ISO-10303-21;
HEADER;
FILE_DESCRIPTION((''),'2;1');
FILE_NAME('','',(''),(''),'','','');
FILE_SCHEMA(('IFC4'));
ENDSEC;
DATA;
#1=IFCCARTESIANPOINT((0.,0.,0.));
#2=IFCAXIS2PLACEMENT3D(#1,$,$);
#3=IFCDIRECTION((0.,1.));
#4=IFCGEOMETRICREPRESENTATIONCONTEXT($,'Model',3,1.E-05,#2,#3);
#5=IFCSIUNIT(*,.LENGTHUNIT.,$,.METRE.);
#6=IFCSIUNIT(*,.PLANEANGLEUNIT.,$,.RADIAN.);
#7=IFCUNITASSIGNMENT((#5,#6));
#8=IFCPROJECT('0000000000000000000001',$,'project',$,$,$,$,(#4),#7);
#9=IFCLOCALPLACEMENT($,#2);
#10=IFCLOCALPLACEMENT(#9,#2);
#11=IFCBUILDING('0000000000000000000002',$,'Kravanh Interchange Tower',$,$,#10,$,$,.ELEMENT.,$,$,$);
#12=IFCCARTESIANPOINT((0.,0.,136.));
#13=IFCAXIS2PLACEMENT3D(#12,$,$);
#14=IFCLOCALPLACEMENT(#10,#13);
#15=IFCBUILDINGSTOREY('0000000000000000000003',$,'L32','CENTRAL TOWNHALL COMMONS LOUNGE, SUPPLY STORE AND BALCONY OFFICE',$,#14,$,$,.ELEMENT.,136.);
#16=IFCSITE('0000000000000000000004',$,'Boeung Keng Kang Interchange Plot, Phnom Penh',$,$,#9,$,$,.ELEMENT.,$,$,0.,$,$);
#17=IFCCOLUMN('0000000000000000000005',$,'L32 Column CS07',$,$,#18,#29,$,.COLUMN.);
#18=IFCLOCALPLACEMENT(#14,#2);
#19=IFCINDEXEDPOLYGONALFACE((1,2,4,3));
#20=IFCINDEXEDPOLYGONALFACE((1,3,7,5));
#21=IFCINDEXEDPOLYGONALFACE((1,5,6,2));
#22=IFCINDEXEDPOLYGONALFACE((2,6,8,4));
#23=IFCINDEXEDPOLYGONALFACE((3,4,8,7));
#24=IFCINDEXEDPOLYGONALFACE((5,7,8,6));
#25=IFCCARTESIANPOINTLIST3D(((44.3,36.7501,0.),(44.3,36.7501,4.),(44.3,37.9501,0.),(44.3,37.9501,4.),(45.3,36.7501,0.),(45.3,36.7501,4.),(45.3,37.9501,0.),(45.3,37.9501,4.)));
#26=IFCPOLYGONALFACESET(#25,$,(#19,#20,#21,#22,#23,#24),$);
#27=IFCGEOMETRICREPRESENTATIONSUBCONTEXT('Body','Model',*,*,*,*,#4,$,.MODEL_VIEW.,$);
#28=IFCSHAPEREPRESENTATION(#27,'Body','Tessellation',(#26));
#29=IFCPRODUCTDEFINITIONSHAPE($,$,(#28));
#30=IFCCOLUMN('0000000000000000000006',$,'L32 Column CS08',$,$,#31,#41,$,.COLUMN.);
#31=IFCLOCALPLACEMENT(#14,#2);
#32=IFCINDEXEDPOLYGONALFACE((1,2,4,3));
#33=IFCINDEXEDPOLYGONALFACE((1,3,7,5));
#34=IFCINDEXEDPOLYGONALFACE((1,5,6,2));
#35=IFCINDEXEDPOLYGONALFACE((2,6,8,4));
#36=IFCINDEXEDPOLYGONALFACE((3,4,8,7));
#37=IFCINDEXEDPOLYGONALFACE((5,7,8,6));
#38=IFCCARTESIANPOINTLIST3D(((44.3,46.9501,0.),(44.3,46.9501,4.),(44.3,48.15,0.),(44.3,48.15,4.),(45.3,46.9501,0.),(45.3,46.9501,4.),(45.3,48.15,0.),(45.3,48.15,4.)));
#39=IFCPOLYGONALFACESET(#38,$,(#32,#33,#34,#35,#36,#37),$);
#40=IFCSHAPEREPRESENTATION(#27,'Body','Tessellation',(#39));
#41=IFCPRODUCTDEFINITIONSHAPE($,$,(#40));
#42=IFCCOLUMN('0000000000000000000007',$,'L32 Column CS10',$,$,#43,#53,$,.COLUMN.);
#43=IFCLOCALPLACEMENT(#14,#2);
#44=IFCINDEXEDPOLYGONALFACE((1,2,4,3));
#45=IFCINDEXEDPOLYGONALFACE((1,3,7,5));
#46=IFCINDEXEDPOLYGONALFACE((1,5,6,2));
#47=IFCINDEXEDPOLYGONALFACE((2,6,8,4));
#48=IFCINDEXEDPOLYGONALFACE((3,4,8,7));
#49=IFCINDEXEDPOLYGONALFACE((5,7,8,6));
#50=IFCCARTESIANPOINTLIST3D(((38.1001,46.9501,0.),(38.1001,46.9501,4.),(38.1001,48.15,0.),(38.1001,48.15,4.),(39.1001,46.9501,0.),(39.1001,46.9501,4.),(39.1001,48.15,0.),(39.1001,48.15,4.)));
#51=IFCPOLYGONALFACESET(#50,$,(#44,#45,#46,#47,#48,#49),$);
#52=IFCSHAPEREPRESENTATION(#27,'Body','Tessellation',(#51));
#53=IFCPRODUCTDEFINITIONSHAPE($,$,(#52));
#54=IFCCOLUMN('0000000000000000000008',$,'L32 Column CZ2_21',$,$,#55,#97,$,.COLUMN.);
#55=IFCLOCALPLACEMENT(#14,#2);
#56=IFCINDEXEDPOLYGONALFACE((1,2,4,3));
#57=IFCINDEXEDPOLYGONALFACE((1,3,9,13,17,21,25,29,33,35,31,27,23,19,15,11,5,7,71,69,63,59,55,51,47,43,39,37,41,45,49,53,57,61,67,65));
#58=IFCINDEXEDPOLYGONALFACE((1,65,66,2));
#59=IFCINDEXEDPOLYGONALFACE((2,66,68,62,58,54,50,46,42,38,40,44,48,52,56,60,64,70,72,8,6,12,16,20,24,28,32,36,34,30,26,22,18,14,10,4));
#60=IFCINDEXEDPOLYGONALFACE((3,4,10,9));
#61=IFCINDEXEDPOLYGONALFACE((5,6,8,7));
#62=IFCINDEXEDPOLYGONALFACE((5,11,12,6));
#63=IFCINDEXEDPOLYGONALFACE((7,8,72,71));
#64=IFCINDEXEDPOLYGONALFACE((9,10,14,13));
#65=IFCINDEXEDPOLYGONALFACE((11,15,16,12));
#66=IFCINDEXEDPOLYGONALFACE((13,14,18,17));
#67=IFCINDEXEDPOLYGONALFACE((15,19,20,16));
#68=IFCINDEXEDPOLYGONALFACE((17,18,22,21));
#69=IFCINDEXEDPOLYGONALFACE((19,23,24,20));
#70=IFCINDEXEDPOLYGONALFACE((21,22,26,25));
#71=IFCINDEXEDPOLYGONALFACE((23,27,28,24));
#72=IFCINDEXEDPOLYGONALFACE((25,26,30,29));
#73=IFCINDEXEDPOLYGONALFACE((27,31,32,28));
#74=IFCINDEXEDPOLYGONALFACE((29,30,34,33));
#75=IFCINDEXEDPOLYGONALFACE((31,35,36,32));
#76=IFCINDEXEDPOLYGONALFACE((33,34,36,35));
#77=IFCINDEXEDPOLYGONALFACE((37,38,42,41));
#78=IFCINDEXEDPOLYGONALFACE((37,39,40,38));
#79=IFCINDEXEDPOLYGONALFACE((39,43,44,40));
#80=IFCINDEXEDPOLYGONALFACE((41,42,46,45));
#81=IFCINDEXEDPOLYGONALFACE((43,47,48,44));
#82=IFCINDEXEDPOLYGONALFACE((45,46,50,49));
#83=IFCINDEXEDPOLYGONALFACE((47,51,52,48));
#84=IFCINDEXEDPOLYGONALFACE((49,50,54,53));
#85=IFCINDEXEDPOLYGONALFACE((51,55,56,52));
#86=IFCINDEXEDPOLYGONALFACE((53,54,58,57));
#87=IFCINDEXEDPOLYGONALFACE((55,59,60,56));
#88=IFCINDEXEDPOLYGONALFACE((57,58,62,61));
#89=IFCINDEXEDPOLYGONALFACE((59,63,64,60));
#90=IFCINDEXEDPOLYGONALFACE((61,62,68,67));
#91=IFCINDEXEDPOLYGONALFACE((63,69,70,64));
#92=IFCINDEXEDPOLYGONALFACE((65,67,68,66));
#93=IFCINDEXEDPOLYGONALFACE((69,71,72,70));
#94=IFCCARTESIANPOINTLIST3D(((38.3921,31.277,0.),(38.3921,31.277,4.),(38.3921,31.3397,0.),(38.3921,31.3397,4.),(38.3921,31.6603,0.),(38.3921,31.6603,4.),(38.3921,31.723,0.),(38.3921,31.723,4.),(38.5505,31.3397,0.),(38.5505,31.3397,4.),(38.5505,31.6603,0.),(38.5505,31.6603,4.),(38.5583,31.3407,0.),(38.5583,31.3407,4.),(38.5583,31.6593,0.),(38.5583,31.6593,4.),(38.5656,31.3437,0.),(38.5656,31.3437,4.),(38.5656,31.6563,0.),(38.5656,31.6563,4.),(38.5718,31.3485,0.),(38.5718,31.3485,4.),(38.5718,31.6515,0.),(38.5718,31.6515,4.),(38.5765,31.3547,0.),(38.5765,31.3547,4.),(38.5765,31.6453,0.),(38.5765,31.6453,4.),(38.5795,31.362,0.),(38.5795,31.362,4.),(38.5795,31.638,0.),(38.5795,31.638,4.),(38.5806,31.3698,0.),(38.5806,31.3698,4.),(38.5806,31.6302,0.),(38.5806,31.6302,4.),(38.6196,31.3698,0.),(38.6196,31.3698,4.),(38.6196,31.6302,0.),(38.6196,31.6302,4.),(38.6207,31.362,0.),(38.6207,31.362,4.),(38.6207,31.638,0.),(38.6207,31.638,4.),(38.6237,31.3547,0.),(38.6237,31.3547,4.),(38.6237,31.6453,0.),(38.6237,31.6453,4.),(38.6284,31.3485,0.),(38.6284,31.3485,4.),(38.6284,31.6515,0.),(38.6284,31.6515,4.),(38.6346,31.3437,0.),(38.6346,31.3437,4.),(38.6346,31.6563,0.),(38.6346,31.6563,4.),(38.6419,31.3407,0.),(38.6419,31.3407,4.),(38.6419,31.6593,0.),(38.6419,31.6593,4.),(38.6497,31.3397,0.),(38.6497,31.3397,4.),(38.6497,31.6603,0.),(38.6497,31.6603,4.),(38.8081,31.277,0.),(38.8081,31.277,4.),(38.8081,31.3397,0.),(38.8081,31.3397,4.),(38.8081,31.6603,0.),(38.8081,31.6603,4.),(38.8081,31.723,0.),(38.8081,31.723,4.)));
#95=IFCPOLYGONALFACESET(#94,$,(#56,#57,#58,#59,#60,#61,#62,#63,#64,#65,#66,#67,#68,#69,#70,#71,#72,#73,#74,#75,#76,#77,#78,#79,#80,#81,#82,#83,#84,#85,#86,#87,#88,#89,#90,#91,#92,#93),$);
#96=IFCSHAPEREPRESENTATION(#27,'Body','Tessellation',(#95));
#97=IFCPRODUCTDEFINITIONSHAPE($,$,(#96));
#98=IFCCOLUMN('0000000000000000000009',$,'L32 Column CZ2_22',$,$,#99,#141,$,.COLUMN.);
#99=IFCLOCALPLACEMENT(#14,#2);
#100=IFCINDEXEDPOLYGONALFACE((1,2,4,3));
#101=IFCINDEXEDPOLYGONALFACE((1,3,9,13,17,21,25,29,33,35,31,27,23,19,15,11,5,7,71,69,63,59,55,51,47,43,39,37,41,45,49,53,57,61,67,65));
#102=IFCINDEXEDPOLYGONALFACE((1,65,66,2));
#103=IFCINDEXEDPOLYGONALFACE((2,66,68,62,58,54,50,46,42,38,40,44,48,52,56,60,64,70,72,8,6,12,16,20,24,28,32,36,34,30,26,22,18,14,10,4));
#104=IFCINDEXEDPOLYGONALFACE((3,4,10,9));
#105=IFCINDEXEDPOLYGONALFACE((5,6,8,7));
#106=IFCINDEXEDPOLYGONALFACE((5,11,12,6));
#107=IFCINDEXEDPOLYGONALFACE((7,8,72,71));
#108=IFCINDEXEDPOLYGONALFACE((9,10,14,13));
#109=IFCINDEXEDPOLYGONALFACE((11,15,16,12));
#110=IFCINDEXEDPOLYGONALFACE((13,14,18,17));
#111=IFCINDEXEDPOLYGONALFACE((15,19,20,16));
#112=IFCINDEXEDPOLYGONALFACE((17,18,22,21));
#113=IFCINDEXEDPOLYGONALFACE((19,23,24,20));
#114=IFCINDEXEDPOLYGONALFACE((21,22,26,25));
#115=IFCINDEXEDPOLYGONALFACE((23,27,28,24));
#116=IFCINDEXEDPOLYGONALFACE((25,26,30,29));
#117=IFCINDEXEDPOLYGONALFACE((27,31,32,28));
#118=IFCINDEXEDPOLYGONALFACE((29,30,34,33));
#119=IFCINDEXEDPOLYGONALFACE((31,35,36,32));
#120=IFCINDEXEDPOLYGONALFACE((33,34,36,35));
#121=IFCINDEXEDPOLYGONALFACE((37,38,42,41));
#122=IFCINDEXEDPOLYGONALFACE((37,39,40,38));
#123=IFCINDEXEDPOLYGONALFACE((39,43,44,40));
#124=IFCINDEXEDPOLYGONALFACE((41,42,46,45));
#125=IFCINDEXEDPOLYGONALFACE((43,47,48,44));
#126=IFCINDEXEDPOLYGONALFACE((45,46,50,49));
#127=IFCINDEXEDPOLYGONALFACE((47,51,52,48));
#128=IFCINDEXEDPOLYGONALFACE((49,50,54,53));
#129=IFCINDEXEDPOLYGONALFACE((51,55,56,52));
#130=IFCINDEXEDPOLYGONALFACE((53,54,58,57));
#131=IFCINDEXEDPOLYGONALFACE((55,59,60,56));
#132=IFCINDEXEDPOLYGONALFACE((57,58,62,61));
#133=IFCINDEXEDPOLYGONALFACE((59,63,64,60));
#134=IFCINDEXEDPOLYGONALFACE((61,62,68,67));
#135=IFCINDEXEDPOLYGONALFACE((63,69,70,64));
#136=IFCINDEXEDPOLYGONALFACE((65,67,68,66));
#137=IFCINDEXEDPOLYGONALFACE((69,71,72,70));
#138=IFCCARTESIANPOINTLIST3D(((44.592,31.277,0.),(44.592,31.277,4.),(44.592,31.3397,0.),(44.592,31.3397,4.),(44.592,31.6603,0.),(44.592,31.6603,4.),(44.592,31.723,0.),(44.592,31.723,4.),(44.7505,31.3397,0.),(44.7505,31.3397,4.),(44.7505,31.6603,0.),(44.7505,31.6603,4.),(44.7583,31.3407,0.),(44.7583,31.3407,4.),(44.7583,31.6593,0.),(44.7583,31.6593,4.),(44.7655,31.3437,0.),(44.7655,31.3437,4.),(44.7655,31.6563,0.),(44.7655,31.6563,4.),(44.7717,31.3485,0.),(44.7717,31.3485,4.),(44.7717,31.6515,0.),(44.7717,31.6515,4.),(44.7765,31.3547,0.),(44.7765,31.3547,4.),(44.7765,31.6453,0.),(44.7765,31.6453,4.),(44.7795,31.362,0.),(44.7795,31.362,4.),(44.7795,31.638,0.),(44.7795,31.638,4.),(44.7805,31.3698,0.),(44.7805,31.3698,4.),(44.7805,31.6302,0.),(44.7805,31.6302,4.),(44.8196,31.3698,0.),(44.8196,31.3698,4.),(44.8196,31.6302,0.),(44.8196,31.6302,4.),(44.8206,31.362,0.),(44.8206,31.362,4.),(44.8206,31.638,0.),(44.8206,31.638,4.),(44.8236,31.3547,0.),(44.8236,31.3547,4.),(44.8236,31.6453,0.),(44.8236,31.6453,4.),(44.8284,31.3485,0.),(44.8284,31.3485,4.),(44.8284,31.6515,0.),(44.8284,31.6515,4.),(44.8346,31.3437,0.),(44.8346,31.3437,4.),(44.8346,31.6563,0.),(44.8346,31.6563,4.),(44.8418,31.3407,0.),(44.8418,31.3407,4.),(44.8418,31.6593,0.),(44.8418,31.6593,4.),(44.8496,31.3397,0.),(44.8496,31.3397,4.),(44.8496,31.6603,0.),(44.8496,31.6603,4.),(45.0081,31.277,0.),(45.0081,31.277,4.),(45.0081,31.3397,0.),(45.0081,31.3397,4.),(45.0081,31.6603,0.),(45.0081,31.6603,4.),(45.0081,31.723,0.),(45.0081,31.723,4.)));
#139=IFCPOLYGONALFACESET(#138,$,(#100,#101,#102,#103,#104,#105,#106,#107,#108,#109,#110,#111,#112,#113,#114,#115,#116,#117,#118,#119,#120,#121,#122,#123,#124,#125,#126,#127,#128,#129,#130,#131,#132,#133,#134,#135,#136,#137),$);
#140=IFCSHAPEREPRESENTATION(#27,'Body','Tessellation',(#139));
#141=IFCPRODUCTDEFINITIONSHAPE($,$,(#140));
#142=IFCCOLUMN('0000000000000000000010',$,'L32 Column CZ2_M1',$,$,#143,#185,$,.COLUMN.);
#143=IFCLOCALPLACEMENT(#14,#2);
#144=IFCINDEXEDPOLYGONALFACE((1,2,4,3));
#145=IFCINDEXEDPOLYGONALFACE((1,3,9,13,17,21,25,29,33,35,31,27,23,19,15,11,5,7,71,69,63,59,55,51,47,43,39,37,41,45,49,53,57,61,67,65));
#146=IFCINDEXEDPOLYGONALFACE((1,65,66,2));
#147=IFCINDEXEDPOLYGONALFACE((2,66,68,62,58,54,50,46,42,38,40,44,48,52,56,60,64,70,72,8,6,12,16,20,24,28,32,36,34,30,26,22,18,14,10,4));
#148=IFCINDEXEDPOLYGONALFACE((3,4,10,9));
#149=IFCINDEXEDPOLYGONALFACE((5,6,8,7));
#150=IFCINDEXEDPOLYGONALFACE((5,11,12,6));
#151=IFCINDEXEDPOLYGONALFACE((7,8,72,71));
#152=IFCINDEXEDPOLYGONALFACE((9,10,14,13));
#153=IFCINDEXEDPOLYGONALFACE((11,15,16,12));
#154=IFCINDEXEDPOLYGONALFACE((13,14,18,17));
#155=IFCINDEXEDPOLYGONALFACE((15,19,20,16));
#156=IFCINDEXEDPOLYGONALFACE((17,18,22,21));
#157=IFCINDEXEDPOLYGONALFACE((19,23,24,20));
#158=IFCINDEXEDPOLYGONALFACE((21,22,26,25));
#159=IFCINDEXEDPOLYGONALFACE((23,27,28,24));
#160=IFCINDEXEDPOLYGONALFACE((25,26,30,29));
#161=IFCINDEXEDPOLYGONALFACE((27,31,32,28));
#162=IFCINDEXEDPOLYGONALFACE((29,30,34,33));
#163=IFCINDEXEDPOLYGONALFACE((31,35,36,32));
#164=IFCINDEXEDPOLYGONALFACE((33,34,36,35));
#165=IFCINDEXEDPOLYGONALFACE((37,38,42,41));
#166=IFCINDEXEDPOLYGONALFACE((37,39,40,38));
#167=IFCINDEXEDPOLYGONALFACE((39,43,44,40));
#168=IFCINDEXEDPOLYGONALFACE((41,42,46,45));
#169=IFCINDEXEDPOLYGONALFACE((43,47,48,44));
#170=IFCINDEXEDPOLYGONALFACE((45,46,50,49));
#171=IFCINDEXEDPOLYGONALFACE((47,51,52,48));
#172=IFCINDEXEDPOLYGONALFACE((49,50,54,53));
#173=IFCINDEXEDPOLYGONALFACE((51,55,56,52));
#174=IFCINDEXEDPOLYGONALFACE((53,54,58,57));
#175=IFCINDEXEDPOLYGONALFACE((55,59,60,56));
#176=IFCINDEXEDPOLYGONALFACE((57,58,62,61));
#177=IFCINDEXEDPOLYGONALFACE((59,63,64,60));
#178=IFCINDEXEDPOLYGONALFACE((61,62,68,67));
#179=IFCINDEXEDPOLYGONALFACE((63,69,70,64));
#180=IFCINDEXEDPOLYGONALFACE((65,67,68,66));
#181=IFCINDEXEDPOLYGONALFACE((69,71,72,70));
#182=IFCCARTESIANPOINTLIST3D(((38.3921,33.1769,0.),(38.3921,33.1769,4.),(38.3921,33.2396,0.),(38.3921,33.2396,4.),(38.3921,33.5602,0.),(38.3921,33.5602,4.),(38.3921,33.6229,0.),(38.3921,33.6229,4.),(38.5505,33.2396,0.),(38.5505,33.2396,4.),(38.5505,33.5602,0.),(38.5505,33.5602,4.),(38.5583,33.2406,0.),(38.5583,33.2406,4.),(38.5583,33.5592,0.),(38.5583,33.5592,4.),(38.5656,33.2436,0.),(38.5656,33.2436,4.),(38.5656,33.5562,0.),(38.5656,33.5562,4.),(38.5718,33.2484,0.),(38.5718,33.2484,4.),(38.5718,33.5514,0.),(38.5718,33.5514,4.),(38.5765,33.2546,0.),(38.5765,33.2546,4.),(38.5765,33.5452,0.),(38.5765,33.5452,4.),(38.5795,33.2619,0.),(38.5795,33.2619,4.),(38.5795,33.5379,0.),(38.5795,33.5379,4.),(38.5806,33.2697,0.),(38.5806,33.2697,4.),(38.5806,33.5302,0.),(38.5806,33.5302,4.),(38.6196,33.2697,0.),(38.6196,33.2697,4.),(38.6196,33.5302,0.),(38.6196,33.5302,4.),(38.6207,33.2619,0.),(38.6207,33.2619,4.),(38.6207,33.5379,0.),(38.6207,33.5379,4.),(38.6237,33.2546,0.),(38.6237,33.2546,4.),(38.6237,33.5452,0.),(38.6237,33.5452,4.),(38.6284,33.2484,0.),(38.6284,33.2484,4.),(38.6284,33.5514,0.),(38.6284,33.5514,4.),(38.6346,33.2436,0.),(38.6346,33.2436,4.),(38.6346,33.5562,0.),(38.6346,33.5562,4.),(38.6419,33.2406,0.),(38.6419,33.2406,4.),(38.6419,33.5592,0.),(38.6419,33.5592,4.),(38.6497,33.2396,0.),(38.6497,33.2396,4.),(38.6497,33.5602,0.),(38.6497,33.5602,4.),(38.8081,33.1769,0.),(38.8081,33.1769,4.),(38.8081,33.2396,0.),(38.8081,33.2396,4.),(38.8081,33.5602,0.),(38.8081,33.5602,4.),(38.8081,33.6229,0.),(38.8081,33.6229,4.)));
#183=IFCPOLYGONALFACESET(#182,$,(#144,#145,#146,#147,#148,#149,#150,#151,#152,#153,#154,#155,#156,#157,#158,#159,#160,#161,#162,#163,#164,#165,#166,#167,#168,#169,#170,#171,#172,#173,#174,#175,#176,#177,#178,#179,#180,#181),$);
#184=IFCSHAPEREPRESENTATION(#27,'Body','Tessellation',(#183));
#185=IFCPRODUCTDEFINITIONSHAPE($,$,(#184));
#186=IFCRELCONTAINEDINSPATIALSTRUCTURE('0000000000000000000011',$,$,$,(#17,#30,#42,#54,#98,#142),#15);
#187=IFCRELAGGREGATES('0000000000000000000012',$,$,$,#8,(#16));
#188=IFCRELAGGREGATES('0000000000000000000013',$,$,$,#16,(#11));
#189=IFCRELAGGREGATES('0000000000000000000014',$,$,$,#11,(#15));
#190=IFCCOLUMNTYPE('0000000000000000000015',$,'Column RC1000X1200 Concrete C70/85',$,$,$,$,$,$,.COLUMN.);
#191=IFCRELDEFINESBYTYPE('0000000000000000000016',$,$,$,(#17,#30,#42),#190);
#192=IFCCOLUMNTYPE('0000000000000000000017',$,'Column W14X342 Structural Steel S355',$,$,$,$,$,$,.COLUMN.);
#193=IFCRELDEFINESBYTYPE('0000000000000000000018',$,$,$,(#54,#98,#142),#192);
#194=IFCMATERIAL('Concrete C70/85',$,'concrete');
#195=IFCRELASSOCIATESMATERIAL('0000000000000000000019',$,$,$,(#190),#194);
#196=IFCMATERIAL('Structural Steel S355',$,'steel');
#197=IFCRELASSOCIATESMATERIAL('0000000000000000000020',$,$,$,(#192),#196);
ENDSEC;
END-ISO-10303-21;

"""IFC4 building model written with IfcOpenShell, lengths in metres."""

from ifc_helpers import new_model, si_unit, direction, frame, origin, origin_2d, place, context, subcontext, project, spatial, rectangle, i_section, extrude, material, material_profile, profile_set, type_object, element, save


model = new_model("IFC4")

# Units and contexts
model_context = context("Model", 3, precision=1e-05, world=origin(), true_north=direction((0.0, 1.0)))
body_context = subcontext(model_context, "Body", "Model", "MODEL_VIEW")
ifc_project = project(units=[si_unit("LENGTHUNIT", "METRE"), si_unit("PLANEANGLEUNIT", "RADIAN")], contexts=[model_context])

# Site, building, storey
site_placement = place(None, origin())
site = spatial("IfcSite", under=ifc_project, at=site_placement, Name="Boeung Keng Kang Interchange Plot, Phnom Penh", CompositionType="ELEMENT", RefElevation=0.0)
building_placement = place(site_placement, origin())
building = spatial("IfcBuilding", under=site, at=building_placement, Name="Kravanh Interchange Tower", CompositionType="ELEMENT")
storey_placement = place(building_placement, frame((0.0, 0.0, 136.0)))
storey = spatial("IfcBuildingStorey", under=building, at=storey_placement, Name="L32", Description="CENTRAL TOWNHALL COMMONS LOUNGE, SUPPLY STORE AND BALCONY OFFICE", CompositionType="ELEMENT", Elevation=136.0)

# Columns
ifc_material_1 = material(Name="Concrete C70/85", Category="concrete")
ifc_material_profile_1 = material_profile(ifc_material_1, rectangle(XDim=1.0, YDim=1.2, at=origin_2d()), Name="RC1000X1200")
ifc_profile_set_1 = profile_set([ifc_material_profile_1], Name="Concrete C70/85")
column_type_1 = type_object("IfcColumnType", Name="Column RC1000X1200 Concrete C70/85", PredefinedType="COLUMN", material=ifc_profile_set_1)
for number, where, z_axis, x_axis, name in (
    (1, (44.8, 37.3501, 0.0), (0.0, 0.0, 1.0), (1.0, 0.0, 0.0), "L32 Column CS07"),
    (2, (44.8, 47.55, 0.0), (0.0, 0.0, 1.0), (1.0, 0.0, 0.0), "L32 Column CS08"),
    (3, (38.6001, 47.55, 0.0), (0.0, 0.0, 1.0), (1.0, 0.0, 0.0), "L32 Column CS10"),
):
    element("IfcColumn", number, at=place(storey_placement, frame(where, z_axis=z_axis, x_axis=x_axis)), inside=storey, type_object=column_type_1, Name=name, PredefinedType="COLUMN", context=body_context, shape_type="SweptSolid", body=[
        extrude(rectangle(XDim=1.0, YDim=1.2, at=origin_2d()), origin(), (0.0, 0.0, 1.0), 4.0),
    ])
ifc_material_2 = material(Name="Structural Steel S355", Category="steel")
ifc_material_profile_2 = material_profile(ifc_material_2, i_section(OverallWidth=0.416, OverallDepth=0.446, WebThickness=0.0391, FlangeThickness=0.0627, FilletRadius=0.03, at=origin_2d()), Name="W14X342")
ifc_profile_set_2 = profile_set([ifc_material_profile_2], Name="Structural Steel S355")
column_type_2 = type_object("IfcColumnType", Name="Column W14X342 Structural Steel S355", PredefinedType="COLUMN", material=ifc_profile_set_2)
for number, where, z_axis, x_axis, name in (
    (4, (38.6001, 31.5, 0.0), (0.0, 0.0, 1.0), (1.0, 0.0, 0.0), "L32 Column CZ2_21"),
    (5, (44.8, 31.5, 0.0), (0.0, 0.0, 1.0), (1.0, 0.0, 0.0), "L32 Column CZ2_22"),
    (6, (38.6001, 33.3999, 0.0), (0.0, 0.0, 1.0), (1.0, 0.0, 0.0), "L32 Column CZ2_M1"),
):
    element("IfcColumn", number, at=place(storey_placement, frame(where, z_axis=z_axis, x_axis=x_axis)), inside=storey, type_object=column_type_2, Name=name, PredefinedType="COLUMN", context=body_context, shape_type="SweptSolid", body=[
        extrude(i_section(OverallWidth=0.416, OverallDepth=0.446, WebThickness=0.0391, FlangeThickness=0.0627, FilletRadius=0.03, at=origin_2d()), origin(), (0.0, 0.0, 1.0), 4.0),
    ])

save(model, "model.ifc")
